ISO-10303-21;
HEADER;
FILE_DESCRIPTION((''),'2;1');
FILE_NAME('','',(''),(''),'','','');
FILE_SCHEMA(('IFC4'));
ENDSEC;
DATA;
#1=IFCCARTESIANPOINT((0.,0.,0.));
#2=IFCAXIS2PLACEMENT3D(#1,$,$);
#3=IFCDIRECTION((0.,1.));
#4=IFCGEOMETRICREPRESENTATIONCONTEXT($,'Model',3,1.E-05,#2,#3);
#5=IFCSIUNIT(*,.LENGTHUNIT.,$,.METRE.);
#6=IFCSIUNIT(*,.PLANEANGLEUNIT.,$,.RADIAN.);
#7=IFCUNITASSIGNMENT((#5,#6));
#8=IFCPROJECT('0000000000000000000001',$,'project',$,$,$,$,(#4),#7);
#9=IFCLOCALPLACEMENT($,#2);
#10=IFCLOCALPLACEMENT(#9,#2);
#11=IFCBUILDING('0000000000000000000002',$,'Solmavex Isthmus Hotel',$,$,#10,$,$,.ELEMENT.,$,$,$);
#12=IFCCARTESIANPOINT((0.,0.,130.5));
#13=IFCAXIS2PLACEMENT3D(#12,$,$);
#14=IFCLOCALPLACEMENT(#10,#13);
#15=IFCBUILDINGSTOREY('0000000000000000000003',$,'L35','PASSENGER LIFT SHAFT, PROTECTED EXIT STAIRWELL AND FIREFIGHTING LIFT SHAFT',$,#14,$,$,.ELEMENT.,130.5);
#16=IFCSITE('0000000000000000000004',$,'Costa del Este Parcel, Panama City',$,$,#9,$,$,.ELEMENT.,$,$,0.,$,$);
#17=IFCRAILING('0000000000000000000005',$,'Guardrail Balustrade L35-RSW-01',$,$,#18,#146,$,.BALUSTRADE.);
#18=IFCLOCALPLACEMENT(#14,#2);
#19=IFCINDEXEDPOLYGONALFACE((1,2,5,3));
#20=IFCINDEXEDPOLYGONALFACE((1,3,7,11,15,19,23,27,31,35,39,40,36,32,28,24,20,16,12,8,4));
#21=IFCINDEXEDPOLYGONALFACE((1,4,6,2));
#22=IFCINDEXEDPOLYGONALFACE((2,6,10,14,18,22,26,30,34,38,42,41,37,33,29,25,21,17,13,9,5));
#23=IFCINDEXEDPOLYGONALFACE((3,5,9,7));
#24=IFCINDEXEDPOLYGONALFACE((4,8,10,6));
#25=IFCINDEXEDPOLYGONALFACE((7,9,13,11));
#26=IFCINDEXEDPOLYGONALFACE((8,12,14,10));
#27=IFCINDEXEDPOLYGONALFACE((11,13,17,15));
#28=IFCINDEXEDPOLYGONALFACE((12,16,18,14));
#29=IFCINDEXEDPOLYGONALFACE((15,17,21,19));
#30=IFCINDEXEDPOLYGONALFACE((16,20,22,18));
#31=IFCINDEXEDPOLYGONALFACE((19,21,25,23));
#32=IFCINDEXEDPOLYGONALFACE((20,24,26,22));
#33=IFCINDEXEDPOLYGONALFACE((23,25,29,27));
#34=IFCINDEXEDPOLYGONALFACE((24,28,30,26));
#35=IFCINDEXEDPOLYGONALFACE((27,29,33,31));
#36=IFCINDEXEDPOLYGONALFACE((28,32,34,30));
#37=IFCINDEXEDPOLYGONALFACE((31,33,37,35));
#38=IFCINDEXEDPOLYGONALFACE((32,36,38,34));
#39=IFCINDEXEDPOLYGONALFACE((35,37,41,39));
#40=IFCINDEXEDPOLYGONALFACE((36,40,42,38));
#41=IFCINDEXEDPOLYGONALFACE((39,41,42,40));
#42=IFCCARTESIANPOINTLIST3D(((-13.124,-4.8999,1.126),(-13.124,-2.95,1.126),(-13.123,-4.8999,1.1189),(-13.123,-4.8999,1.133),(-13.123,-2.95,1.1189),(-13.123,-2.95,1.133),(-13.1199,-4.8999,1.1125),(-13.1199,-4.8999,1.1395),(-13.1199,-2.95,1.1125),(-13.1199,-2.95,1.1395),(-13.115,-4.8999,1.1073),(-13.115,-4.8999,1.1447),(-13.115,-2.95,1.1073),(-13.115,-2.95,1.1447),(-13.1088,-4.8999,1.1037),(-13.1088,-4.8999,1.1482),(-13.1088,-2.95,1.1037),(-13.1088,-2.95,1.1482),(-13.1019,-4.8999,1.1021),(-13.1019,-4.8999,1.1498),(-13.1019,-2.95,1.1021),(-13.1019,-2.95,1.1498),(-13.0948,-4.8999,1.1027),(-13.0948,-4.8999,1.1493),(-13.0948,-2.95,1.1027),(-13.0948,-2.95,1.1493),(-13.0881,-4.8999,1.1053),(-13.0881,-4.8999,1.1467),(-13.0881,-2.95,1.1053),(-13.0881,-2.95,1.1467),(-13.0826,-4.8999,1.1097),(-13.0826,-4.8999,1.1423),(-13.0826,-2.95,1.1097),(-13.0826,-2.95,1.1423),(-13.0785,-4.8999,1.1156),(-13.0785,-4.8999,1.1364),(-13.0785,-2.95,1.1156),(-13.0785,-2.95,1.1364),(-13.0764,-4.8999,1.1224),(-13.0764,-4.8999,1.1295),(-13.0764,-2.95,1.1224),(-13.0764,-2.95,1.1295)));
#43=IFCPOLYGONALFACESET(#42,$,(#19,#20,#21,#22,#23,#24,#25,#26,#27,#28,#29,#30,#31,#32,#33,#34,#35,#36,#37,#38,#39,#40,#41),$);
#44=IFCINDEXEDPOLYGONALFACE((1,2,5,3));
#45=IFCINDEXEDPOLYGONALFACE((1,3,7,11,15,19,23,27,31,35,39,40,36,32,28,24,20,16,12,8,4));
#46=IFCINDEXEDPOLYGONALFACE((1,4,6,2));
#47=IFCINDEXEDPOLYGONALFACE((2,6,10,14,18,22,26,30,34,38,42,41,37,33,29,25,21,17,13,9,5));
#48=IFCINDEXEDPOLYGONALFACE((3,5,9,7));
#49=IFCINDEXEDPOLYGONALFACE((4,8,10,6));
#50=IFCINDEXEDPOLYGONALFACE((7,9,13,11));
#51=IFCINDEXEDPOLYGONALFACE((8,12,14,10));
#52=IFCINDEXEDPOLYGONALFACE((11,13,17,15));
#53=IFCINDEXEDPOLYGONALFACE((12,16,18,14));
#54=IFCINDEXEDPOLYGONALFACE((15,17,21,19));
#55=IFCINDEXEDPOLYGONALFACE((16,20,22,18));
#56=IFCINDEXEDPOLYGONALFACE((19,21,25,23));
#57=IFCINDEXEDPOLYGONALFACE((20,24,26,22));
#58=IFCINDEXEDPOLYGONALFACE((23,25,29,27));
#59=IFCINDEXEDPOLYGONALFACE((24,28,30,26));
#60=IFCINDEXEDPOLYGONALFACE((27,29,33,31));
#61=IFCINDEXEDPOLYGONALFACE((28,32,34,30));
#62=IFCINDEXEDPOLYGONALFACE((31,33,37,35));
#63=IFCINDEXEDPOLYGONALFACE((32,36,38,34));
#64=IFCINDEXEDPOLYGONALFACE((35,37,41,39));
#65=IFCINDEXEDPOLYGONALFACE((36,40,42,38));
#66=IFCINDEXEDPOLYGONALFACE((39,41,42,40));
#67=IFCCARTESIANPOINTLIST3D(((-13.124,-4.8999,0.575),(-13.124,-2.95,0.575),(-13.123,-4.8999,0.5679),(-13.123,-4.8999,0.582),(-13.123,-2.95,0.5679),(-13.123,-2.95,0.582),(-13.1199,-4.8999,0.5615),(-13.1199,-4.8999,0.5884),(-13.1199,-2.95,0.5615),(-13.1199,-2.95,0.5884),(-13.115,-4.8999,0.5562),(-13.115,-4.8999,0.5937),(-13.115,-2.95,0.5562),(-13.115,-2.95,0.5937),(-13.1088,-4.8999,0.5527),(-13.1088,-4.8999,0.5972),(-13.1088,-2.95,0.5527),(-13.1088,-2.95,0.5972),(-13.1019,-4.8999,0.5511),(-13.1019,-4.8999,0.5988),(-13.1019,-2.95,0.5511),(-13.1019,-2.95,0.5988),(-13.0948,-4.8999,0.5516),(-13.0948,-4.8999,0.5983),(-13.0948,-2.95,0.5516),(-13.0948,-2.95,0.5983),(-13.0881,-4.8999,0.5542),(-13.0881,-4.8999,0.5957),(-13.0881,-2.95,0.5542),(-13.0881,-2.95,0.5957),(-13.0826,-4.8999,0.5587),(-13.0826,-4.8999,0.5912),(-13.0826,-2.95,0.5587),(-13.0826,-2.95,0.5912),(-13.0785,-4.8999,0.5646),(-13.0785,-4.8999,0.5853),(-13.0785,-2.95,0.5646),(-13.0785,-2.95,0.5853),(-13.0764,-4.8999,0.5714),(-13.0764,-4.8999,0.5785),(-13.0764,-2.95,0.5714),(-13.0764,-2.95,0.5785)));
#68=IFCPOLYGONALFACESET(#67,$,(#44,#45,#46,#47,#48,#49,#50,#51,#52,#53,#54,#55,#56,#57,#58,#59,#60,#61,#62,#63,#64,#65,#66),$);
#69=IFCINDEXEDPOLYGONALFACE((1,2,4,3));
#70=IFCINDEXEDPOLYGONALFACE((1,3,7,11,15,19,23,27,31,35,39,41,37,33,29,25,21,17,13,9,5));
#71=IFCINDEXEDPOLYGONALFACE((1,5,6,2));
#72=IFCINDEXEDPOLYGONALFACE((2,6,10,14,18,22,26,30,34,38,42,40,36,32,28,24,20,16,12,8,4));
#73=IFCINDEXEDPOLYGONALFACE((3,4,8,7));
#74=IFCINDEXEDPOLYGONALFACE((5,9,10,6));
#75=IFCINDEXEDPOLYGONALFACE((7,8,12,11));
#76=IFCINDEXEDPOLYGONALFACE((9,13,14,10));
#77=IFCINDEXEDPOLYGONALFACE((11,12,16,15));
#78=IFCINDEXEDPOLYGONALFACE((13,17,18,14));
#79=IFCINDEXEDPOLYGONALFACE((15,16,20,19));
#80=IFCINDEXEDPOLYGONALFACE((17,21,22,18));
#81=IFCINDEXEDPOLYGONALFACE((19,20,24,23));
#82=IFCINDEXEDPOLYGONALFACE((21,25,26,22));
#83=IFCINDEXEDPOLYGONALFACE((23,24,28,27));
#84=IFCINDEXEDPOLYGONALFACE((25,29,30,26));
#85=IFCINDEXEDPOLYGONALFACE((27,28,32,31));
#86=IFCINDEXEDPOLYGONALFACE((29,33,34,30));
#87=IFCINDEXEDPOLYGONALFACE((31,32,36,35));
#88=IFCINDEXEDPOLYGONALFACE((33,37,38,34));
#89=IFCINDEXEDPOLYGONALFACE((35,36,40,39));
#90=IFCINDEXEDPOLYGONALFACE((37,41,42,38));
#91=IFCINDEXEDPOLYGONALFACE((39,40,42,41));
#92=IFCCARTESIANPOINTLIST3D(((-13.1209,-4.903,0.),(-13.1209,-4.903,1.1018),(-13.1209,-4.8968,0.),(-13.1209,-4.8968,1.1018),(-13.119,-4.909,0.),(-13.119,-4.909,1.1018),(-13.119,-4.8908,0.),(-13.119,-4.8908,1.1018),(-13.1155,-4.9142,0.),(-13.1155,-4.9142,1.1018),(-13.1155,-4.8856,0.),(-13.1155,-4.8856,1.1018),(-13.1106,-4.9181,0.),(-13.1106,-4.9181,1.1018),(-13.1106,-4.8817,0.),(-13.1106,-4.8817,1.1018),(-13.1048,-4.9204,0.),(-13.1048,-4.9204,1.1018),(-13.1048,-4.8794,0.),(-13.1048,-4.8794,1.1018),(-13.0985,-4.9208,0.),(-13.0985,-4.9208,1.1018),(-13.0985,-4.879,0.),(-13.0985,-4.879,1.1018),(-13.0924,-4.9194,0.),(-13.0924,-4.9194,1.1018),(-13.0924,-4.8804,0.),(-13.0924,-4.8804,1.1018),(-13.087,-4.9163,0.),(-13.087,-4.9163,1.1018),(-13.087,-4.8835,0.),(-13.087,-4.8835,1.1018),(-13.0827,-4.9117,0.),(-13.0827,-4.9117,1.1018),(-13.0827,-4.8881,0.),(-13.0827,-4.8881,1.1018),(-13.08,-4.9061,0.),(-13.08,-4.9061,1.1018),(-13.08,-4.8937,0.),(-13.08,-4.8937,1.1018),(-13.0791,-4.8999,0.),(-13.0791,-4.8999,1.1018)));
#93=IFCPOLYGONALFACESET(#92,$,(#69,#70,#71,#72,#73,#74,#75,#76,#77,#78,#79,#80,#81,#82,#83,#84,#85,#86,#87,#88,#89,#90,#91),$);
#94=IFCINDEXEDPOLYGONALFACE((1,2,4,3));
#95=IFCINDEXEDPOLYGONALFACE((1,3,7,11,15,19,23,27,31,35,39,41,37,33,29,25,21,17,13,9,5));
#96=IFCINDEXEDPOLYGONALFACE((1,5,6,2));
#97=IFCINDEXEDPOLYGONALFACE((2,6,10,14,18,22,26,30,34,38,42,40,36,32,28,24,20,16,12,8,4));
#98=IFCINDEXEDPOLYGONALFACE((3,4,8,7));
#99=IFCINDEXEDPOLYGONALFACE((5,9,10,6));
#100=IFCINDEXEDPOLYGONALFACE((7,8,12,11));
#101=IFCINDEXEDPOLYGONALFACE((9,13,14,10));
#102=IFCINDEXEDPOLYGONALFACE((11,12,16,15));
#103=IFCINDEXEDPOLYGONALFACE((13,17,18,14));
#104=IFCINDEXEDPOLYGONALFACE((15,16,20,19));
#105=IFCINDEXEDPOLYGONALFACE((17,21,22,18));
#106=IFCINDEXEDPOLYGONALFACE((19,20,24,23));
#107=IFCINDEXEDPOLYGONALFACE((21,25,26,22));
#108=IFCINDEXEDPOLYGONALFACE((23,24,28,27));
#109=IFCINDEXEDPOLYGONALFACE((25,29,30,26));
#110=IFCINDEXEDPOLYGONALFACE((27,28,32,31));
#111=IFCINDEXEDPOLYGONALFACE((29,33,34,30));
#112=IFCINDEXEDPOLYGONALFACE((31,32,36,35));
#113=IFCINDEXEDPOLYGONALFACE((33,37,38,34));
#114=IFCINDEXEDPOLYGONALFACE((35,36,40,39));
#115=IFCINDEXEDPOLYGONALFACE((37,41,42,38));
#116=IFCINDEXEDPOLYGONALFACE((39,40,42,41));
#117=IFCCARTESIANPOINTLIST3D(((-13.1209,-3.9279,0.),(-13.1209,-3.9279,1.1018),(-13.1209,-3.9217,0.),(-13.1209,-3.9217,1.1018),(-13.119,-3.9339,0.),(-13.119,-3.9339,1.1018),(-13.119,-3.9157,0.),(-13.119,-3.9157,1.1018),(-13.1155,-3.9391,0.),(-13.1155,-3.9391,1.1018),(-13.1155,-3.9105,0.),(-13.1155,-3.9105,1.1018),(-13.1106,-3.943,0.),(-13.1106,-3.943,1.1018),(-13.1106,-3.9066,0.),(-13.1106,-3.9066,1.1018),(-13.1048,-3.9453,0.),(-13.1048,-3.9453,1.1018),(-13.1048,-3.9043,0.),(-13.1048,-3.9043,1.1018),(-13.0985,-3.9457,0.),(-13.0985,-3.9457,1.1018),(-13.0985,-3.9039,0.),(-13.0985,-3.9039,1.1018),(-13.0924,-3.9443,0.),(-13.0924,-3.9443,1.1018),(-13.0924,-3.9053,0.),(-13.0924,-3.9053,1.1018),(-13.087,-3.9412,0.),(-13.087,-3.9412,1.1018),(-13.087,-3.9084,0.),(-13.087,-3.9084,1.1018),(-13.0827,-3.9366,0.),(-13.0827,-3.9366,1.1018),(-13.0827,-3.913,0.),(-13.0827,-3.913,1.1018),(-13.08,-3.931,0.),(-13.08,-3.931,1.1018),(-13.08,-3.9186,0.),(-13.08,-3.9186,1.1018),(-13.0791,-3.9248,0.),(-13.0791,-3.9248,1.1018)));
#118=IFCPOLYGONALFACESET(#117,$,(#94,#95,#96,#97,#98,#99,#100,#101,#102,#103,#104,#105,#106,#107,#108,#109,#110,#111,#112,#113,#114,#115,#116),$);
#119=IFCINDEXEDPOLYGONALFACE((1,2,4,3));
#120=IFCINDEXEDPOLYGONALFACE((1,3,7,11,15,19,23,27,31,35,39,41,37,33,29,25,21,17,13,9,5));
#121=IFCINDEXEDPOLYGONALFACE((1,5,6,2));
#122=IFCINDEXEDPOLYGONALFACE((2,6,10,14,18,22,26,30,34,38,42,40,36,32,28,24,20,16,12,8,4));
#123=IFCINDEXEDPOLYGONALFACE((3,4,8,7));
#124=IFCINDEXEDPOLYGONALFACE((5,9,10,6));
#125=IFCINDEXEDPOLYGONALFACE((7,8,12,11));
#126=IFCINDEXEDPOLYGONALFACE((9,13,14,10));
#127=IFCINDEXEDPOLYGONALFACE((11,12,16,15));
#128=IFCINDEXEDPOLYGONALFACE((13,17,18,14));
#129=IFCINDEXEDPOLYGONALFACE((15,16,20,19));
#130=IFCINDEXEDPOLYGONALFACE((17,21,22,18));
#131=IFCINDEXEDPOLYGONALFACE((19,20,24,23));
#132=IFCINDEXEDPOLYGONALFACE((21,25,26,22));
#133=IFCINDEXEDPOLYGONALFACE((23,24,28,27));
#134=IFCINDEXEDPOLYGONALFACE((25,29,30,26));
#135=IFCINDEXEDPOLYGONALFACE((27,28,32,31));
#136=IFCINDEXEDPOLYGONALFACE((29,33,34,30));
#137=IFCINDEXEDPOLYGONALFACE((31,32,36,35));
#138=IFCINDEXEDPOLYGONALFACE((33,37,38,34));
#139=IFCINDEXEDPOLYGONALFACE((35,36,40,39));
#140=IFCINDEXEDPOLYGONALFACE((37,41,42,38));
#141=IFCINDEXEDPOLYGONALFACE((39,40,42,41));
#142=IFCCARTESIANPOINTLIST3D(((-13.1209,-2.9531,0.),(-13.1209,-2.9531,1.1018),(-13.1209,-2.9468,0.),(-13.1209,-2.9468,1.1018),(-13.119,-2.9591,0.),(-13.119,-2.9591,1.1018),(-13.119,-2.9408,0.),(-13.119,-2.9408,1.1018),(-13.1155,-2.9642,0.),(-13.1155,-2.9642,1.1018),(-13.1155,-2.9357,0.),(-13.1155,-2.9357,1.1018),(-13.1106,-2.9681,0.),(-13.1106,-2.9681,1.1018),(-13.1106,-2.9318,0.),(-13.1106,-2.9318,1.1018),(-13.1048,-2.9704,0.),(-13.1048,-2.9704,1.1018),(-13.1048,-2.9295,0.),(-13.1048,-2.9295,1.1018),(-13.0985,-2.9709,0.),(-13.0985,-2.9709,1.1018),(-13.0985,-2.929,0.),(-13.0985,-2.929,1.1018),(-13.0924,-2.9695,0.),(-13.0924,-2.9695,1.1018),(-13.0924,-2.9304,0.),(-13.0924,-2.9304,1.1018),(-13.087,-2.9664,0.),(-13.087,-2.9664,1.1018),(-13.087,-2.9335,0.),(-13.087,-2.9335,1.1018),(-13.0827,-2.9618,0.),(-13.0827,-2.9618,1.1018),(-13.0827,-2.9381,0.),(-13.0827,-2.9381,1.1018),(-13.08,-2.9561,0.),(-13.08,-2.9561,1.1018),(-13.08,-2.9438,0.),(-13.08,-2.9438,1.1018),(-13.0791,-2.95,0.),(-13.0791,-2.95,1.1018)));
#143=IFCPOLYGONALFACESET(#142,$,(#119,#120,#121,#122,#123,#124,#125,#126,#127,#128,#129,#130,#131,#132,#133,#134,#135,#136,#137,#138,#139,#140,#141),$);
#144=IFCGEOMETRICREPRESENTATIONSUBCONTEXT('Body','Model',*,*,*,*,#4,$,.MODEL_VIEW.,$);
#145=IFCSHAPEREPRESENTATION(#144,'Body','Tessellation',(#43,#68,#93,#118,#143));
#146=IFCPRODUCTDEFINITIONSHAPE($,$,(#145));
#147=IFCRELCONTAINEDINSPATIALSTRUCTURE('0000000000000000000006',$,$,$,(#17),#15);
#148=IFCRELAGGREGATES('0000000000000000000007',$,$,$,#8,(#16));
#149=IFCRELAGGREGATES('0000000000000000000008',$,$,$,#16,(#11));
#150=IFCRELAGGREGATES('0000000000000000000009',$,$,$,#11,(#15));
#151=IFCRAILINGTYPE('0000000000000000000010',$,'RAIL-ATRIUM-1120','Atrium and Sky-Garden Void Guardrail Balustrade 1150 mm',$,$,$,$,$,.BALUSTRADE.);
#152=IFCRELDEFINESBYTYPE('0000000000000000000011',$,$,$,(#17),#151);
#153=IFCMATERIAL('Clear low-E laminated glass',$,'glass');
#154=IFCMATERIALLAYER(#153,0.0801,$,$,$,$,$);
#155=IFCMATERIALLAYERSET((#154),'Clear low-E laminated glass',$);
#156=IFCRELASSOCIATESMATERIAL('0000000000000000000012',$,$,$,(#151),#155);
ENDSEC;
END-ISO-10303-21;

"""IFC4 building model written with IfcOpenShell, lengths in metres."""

from ifc_helpers import new_model, si_unit, direction, frame, origin, origin_2d, place, context, subcontext, project, spatial, circle, extrude, material, layer, layer_set, type_object, element, save


model = new_model("IFC4")

# Units and contexts
model_context = context("Model", 3, precision=1e-05, world=origin(), true_north=direction((0.0, 1.0)))
body_context = subcontext(model_context, "Body", "Model", "MODEL_VIEW")
ifc_project = project(units=[si_unit("LENGTHUNIT", "METRE"), si_unit("PLANEANGLEUNIT", "RADIAN")], contexts=[model_context])

# Site, building, storey
site_placement = place(None, origin())
site = spatial("IfcSite", under=ifc_project, at=site_placement, Name="Costa del Este Parcel, Panama City", CompositionType="ELEMENT", RefElevation=0.0)
building_placement = place(site_placement, origin())
building = spatial("IfcBuilding", under=site, at=building_placement, Name="Solmavex Isthmus Hotel", CompositionType="ELEMENT")
storey_placement = place(building_placement, frame((0.0, 0.0, 130.5)))
storey = spatial("IfcBuildingStorey", under=building, at=storey_placement, Name="L35", Description="PASSENGER LIFT SHAFT, PROTECTED EXIT STAIRWELL AND FIREFIGHTING LIFT SHAFT", CompositionType="ELEMENT", Elevation=130.5)

# Railing
ifc_material_1 = material(Name="Clear low-E laminated glass", Category="glass")
ifc_layer_1 = layer(ifc_material_1, 0.0801)
ifc_layer_set_1 = layer_set([ifc_layer_1], Name="Clear low-E laminated glass")
railing_type_1 = type_object("IfcRailingType", Name="RAIL-ATRIUM-1120", Description="Atrium and Sky-Garden Void Guardrail Balustrade 1150 mm", PredefinedType="BALUSTRADE", material=ifc_layer_set_1)
railing_1_placement = place(storey_placement, frame((-13.1001, -4.8999, 0.0)))
element("IfcRailing", 1, at=railing_1_placement, inside=storey, type_object=railing_type_1, Name="Guardrail Balustrade L35-RSW-01", PredefinedType="BALUSTRADE", context=body_context, shape_type="SweptSolid", body=[
    extrude(circle(Radius=0.0239, at=origin_2d()), frame((0.0, 0.0, 1.126), z_axis=(0.0, 1.0, 0.0), x_axis=(-1.0, 0.0, 0.0)), (0.0, 0.0, 1.0), 1.95),
    extrude(circle(Radius=0.0239, at=origin_2d()), frame((0.0, 0.0, 0.575), z_axis=(0.0, 1.0, 0.0), x_axis=(-1.0, 0.0, 0.0)), (0.0, 0.0, 1.0), 1.95),
    extrude(circle(Radius=0.021, at=origin_2d()), origin(), (0.0, 0.0, 1.0), 1.1018),
    extrude(circle(Radius=0.021, at=origin_2d()), frame((0.0, 0.9751, 0.0)), (0.0, 0.0, 1.0), 1.1018),
    extrude(circle(Radius=0.021, at=origin_2d()), frame((0.0, 1.95, 0.0)), (0.0, 0.0, 1.0), 1.1018),
])

save(model, "model.ifc")
